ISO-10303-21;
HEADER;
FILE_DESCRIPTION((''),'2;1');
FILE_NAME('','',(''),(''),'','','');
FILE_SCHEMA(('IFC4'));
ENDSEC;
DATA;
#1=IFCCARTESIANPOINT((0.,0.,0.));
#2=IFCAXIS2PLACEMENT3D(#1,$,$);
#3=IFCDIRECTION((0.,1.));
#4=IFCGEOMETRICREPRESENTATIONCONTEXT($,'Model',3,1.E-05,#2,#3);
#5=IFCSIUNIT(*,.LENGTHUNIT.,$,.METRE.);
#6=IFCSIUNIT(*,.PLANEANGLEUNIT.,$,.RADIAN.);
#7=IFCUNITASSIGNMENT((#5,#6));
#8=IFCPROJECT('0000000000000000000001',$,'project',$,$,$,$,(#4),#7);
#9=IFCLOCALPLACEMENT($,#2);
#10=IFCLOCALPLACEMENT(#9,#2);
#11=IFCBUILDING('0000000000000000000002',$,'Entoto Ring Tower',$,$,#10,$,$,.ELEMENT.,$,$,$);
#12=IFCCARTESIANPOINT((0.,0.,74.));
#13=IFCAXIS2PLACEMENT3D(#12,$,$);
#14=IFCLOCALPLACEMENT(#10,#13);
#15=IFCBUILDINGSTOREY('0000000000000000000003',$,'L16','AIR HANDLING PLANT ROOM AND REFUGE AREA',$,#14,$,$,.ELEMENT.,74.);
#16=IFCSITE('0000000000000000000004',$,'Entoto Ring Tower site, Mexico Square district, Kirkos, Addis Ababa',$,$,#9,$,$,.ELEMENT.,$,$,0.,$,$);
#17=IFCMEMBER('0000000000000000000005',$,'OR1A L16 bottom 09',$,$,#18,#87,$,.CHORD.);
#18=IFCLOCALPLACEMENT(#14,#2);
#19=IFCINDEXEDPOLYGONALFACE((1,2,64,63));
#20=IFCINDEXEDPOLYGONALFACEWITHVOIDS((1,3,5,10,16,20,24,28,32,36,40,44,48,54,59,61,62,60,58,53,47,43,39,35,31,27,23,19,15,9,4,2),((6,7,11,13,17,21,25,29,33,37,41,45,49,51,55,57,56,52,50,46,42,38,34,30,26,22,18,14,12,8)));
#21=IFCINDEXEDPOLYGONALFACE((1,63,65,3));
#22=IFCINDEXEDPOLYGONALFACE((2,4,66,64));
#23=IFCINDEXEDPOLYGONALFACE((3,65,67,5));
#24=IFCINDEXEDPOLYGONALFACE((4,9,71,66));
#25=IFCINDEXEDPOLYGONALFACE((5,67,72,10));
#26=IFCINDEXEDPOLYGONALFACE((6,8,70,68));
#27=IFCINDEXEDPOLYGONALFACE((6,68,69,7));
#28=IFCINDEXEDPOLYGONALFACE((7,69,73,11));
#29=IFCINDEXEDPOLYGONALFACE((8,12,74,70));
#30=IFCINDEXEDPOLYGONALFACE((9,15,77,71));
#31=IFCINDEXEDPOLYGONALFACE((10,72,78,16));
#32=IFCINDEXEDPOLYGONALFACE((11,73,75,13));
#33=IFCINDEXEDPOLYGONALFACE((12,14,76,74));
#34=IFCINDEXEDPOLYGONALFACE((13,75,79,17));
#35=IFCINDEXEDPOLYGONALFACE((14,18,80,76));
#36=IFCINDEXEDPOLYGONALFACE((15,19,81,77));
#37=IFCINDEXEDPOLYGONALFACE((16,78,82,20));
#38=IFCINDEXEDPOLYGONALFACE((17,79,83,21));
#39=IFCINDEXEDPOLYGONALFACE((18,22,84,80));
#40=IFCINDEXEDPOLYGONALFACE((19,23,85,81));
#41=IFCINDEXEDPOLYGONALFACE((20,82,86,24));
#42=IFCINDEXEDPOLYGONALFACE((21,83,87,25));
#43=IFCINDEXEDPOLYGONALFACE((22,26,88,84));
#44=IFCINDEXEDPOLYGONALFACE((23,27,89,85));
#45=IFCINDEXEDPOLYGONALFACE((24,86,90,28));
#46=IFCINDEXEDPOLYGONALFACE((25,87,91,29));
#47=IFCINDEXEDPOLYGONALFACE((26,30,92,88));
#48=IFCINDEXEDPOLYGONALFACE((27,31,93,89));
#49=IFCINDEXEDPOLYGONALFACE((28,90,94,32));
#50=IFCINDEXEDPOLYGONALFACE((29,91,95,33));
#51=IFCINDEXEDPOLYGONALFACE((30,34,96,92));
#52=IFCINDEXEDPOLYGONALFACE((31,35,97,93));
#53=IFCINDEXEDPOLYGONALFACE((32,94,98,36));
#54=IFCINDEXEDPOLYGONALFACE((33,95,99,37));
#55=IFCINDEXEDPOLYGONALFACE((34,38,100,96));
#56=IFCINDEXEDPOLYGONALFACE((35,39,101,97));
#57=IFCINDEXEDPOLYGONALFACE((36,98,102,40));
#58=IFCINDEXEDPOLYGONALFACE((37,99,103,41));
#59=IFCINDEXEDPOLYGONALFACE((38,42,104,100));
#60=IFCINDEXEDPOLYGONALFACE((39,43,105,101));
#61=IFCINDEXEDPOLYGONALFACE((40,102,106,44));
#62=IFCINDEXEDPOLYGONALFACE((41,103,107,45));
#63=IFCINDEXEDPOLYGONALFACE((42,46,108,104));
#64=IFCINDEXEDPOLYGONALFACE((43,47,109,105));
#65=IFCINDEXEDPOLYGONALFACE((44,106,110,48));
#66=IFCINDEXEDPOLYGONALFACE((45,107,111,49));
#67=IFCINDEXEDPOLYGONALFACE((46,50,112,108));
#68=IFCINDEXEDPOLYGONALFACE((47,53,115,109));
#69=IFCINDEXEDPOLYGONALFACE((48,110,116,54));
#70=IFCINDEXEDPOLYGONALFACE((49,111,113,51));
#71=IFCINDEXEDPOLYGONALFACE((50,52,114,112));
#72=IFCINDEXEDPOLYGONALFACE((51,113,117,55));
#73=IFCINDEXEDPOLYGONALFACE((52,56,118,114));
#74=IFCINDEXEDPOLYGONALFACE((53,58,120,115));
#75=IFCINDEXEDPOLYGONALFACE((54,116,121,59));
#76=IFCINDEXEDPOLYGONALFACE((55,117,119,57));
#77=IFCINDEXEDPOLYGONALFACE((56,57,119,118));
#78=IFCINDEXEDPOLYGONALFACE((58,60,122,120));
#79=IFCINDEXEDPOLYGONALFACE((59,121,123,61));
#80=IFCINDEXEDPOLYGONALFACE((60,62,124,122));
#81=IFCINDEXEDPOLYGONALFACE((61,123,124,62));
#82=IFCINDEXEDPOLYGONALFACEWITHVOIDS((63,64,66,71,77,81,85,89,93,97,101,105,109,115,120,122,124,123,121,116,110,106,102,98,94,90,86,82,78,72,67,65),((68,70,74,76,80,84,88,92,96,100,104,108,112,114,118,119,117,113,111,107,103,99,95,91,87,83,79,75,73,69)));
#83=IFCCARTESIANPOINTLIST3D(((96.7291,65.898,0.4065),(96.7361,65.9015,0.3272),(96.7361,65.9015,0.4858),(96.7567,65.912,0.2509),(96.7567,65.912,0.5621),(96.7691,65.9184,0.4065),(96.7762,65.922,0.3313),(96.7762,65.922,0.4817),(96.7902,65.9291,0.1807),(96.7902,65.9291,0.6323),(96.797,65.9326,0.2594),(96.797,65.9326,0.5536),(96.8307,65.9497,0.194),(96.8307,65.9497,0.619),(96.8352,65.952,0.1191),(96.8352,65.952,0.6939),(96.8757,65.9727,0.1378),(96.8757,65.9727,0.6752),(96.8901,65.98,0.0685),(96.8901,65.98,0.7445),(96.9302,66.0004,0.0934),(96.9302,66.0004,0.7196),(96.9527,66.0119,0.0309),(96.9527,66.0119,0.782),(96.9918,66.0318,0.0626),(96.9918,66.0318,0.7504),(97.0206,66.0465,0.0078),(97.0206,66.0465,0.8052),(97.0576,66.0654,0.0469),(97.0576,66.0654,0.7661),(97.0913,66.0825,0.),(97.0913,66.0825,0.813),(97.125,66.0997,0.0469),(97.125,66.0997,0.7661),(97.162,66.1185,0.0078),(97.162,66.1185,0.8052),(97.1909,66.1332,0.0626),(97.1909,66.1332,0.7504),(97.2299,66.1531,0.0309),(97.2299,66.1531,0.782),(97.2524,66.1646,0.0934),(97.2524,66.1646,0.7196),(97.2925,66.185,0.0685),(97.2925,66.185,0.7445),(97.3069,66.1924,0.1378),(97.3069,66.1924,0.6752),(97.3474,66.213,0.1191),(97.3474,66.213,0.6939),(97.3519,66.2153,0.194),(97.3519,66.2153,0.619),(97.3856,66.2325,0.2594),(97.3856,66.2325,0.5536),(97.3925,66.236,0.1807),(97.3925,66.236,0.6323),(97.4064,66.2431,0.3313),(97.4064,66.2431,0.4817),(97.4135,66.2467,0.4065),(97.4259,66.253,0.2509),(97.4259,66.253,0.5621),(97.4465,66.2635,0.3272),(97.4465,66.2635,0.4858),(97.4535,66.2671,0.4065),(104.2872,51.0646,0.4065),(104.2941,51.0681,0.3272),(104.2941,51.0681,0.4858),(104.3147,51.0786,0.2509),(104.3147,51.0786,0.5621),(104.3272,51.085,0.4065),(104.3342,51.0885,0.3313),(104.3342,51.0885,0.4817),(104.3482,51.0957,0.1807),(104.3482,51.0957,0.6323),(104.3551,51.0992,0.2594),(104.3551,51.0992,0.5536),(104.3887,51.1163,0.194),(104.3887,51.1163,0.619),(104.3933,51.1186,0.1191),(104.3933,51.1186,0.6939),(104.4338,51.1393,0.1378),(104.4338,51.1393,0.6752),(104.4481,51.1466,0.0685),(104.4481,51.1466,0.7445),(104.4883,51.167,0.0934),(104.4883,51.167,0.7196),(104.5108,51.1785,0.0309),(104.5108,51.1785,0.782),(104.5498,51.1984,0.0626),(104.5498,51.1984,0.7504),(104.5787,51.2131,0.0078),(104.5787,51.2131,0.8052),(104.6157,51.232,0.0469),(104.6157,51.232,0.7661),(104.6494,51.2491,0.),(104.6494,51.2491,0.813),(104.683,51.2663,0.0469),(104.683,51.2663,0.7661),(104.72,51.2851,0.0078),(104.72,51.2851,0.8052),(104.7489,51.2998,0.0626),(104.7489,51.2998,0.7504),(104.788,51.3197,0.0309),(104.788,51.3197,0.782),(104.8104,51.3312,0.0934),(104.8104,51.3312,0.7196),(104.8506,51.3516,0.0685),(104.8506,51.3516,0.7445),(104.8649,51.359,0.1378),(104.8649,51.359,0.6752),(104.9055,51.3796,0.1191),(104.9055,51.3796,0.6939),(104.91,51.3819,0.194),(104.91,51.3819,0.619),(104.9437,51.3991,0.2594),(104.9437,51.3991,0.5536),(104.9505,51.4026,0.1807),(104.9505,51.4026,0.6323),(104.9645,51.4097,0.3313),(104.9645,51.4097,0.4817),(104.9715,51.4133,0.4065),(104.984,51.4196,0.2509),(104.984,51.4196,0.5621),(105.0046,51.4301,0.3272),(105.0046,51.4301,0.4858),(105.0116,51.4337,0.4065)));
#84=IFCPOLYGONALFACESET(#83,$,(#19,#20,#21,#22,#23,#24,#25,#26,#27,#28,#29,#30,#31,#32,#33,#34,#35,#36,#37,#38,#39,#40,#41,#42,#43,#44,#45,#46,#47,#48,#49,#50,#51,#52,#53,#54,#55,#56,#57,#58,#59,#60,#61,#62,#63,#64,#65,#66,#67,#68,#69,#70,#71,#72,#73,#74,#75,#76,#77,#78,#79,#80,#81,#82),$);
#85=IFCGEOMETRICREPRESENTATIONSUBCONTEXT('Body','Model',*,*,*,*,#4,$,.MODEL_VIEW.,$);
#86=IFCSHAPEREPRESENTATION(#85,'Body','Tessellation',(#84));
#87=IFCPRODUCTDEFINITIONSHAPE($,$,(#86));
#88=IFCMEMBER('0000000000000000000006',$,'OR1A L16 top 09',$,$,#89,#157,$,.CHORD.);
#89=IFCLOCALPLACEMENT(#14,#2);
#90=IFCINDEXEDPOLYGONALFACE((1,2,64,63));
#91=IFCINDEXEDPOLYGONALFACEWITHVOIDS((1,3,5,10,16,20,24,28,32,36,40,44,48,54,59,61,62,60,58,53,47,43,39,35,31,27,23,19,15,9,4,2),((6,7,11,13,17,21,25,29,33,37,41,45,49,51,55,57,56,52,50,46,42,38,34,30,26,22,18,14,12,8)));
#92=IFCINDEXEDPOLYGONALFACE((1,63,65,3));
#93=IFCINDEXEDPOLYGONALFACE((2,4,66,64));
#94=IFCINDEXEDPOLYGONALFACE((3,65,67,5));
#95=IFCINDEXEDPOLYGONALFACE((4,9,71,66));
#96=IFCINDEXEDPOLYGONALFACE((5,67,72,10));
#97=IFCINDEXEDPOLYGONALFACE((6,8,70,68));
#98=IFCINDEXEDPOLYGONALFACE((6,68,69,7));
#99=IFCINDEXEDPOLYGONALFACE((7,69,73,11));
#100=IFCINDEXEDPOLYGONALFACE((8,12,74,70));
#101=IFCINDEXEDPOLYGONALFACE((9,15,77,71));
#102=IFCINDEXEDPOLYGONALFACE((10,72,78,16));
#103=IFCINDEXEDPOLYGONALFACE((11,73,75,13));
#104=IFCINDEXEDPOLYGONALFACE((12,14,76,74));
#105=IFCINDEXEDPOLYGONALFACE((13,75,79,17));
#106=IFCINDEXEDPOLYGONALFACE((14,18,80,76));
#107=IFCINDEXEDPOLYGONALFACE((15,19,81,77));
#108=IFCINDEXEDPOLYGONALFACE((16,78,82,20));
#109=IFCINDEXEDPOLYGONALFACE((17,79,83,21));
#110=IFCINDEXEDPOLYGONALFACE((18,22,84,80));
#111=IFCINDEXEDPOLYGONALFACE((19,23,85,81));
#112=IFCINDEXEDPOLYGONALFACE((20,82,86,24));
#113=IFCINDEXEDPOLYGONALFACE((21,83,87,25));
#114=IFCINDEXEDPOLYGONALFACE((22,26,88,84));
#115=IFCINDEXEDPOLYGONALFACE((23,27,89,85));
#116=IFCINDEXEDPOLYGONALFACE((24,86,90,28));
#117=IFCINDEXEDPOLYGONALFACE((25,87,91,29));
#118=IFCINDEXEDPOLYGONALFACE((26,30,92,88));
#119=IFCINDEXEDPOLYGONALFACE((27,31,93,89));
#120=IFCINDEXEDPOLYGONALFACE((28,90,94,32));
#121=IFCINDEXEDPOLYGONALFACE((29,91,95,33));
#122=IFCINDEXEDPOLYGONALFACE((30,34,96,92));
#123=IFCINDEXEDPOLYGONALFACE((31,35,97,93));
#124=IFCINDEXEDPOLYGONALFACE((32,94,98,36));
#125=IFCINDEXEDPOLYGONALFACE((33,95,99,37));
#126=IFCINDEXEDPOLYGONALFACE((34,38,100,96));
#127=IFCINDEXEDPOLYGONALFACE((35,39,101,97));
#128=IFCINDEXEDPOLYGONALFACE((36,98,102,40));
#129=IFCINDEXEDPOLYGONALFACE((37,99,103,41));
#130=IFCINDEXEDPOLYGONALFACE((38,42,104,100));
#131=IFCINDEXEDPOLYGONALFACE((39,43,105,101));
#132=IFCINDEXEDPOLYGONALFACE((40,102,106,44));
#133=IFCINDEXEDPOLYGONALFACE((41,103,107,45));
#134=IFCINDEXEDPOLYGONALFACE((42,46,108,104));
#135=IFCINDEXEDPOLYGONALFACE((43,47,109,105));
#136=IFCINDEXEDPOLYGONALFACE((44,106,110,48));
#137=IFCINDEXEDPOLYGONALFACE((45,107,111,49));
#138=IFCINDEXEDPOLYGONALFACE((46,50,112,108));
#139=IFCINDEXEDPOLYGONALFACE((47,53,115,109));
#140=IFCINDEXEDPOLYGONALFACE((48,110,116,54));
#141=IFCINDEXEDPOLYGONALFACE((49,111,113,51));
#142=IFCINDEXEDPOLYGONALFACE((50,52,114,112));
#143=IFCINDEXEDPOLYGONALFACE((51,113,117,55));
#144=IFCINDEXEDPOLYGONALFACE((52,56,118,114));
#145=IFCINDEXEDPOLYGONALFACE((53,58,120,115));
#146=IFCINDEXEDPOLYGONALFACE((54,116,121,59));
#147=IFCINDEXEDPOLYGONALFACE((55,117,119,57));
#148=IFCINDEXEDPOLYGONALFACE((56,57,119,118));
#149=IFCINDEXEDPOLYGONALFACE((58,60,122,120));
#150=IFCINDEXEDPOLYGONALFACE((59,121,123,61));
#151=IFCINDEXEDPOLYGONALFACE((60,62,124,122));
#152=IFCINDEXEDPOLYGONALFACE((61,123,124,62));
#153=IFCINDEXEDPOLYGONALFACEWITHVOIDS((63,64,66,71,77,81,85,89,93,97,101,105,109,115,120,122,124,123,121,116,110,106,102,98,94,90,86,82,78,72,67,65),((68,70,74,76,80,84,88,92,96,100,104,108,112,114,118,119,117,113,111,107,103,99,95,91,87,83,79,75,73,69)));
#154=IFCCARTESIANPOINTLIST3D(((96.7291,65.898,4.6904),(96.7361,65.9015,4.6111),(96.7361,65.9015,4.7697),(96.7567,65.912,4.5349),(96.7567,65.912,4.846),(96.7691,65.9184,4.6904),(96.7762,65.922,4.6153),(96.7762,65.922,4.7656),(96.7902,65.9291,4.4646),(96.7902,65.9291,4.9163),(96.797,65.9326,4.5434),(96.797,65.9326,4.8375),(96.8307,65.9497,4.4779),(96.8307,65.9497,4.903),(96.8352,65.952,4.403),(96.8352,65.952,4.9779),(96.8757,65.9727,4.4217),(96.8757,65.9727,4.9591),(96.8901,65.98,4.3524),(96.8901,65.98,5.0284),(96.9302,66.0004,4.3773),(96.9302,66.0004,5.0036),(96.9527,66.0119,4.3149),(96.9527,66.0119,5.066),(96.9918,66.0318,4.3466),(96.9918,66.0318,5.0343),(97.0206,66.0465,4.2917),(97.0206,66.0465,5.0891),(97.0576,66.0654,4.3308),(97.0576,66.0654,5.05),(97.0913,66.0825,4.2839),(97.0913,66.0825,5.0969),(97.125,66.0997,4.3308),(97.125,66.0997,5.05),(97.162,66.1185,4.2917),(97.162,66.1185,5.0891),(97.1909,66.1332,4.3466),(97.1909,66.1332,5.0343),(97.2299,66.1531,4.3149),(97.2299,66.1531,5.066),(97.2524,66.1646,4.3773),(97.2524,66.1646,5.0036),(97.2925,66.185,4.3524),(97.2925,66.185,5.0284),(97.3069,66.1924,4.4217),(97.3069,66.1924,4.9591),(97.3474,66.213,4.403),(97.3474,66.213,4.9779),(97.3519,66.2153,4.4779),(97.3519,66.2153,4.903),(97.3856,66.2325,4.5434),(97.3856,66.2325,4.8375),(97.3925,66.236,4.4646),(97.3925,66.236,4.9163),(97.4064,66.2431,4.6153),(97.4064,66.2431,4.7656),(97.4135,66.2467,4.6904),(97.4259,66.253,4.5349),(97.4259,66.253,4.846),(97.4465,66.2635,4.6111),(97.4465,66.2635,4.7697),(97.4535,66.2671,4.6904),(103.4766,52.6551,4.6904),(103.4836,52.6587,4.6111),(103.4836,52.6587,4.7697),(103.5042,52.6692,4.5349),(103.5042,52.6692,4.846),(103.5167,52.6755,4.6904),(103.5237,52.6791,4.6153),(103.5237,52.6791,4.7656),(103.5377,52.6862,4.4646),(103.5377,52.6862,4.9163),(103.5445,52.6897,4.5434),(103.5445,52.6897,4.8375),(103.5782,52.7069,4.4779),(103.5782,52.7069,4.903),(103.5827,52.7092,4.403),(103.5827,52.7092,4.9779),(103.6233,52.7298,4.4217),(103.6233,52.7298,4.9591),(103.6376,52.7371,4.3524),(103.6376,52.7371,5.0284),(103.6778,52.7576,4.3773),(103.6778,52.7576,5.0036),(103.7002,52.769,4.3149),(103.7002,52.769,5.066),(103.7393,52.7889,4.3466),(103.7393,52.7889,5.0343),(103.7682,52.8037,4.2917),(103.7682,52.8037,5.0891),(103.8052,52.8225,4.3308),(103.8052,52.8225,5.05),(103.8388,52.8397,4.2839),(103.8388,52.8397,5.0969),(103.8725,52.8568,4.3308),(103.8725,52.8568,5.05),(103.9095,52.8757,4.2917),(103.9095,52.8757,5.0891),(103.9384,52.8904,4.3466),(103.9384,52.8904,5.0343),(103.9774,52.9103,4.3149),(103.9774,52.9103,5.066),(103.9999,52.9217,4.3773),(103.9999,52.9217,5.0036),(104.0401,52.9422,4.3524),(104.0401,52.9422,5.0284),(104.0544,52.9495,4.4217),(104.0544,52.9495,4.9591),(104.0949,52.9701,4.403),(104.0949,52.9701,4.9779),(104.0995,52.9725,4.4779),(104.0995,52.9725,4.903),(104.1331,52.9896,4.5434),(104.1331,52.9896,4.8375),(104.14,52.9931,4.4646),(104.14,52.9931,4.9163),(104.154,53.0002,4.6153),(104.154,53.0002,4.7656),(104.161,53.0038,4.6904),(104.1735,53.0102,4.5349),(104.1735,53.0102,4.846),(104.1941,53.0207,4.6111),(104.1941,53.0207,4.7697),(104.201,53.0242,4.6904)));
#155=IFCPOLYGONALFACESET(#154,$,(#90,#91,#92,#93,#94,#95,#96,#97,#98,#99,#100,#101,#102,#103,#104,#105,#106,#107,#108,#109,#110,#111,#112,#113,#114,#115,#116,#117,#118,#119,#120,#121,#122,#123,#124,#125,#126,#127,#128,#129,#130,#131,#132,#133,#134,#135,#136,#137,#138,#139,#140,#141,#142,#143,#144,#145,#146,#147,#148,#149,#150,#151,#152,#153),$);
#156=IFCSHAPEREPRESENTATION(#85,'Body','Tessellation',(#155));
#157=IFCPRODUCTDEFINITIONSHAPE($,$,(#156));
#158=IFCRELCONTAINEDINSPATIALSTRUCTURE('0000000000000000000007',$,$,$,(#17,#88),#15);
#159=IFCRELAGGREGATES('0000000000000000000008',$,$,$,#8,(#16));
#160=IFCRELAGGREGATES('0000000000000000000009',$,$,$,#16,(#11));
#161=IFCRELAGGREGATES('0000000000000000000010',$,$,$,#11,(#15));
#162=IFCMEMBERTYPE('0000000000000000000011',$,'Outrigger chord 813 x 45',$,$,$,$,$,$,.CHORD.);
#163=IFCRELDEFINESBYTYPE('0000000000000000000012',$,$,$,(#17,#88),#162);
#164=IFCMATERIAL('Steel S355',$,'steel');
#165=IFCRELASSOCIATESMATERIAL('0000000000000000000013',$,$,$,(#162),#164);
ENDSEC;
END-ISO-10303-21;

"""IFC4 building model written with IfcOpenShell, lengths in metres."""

from ifc_helpers import new_model, si_unit, direction, frame, origin, origin_2d, place, context, subcontext, project, spatial, circle, hollow_circle, extrude, material, material_profile, profile_set, type_object, element, save


model = new_model("IFC4")

# Units and contexts
model_context = context("Model", 3, precision=1e-05, world=origin(), true_north=direction((0.0, 1.0)))
body_context = subcontext(model_context, "Body", "Model", "MODEL_VIEW")
ifc_project = project(units=[si_unit("LENGTHUNIT", "METRE"), si_unit("PLANEANGLEUNIT", "RADIAN")], contexts=[model_context])

# Site, building, storey
site_placement = place(None, origin())
site = spatial("IfcSite", under=ifc_project, at=site_placement, Name="Entoto Ring Tower site, Mexico Square district, Kirkos, Addis Ababa", CompositionType="ELEMENT", RefElevation=0.0)
building_placement = place(site_placement, origin())
building = spatial("IfcBuilding", under=site, at=building_placement, Name="Entoto Ring Tower", CompositionType="ELEMENT")
storey_placement = place(building_placement, frame((0.0, 0.0, 74.0)))
storey = spatial("IfcBuildingStorey", under=building, at=storey_placement, Name="L16", Description="AIR HANDLING PLANT ROOM AND REFUGE AREA", CompositionType="ELEMENT", Elevation=74.0)

# Members
ifc_material_1 = material(Name="Steel S355", Category="steel")
ifc_material_profile_1 = material_profile(ifc_material_1, hollow_circle(Radius=0.4065, WallThickness=0.0449, at=origin_2d()), Name="CHS 813 x 45")
ifc_material_2 = material(Name="Concrete C60/75", Category="concrete")
ifc_material_profile_2 = material_profile(ifc_material_2, circle(Radius=0.3616, at=origin_2d()), Name="Concrete C60/75 infill")
ifc_profile_set_1 = profile_set([ifc_material_profile_1, ifc_material_profile_2], Name="Steel S355")
member_type_1 = type_object("IfcMemberType", Name="Outrigger chord 813 x 45", PredefinedType="CHORD", material=ifc_profile_set_1)
member_1_placement = place(storey_placement, frame((97.0913, 66.0825, 0.4065), z_axis=(0.453993, -0.891005, 0.0), x_axis=(0.891005, 0.453993, 0.0)))
element("IfcMember", 1, at=member_1_placement, inside=storey, type_object=member_type_1, Name="OR1A L16 bottom 09", PredefinedType="CHORD", context=body_context, shape_type="SweptSolid", body=[
    extrude(hollow_circle(Radius=0.4065, WallThickness=0.0449, at=origin_2d()), origin(), (0.0, 0.0, 1.0), 16.6479),
])
member_2_placement = place(storey_placement, frame((97.0913, 66.0825, 4.6904), z_axis=(0.453988, -0.891008, 0.0), x_axis=(0.891008, 0.453988, 0.0)))
element("IfcMember", 2, at=member_2_placement, inside=storey, type_object=member_type_1, Name="OR1A L16 top 09", PredefinedType="CHORD", context=body_context, shape_type="SweptSolid", body=[
    extrude(hollow_circle(Radius=0.4065, WallThickness=0.0449, at=origin_2d()), origin(), (0.0, 0.0, 1.0), 14.8628),
])

save(model, "model.ifc")
